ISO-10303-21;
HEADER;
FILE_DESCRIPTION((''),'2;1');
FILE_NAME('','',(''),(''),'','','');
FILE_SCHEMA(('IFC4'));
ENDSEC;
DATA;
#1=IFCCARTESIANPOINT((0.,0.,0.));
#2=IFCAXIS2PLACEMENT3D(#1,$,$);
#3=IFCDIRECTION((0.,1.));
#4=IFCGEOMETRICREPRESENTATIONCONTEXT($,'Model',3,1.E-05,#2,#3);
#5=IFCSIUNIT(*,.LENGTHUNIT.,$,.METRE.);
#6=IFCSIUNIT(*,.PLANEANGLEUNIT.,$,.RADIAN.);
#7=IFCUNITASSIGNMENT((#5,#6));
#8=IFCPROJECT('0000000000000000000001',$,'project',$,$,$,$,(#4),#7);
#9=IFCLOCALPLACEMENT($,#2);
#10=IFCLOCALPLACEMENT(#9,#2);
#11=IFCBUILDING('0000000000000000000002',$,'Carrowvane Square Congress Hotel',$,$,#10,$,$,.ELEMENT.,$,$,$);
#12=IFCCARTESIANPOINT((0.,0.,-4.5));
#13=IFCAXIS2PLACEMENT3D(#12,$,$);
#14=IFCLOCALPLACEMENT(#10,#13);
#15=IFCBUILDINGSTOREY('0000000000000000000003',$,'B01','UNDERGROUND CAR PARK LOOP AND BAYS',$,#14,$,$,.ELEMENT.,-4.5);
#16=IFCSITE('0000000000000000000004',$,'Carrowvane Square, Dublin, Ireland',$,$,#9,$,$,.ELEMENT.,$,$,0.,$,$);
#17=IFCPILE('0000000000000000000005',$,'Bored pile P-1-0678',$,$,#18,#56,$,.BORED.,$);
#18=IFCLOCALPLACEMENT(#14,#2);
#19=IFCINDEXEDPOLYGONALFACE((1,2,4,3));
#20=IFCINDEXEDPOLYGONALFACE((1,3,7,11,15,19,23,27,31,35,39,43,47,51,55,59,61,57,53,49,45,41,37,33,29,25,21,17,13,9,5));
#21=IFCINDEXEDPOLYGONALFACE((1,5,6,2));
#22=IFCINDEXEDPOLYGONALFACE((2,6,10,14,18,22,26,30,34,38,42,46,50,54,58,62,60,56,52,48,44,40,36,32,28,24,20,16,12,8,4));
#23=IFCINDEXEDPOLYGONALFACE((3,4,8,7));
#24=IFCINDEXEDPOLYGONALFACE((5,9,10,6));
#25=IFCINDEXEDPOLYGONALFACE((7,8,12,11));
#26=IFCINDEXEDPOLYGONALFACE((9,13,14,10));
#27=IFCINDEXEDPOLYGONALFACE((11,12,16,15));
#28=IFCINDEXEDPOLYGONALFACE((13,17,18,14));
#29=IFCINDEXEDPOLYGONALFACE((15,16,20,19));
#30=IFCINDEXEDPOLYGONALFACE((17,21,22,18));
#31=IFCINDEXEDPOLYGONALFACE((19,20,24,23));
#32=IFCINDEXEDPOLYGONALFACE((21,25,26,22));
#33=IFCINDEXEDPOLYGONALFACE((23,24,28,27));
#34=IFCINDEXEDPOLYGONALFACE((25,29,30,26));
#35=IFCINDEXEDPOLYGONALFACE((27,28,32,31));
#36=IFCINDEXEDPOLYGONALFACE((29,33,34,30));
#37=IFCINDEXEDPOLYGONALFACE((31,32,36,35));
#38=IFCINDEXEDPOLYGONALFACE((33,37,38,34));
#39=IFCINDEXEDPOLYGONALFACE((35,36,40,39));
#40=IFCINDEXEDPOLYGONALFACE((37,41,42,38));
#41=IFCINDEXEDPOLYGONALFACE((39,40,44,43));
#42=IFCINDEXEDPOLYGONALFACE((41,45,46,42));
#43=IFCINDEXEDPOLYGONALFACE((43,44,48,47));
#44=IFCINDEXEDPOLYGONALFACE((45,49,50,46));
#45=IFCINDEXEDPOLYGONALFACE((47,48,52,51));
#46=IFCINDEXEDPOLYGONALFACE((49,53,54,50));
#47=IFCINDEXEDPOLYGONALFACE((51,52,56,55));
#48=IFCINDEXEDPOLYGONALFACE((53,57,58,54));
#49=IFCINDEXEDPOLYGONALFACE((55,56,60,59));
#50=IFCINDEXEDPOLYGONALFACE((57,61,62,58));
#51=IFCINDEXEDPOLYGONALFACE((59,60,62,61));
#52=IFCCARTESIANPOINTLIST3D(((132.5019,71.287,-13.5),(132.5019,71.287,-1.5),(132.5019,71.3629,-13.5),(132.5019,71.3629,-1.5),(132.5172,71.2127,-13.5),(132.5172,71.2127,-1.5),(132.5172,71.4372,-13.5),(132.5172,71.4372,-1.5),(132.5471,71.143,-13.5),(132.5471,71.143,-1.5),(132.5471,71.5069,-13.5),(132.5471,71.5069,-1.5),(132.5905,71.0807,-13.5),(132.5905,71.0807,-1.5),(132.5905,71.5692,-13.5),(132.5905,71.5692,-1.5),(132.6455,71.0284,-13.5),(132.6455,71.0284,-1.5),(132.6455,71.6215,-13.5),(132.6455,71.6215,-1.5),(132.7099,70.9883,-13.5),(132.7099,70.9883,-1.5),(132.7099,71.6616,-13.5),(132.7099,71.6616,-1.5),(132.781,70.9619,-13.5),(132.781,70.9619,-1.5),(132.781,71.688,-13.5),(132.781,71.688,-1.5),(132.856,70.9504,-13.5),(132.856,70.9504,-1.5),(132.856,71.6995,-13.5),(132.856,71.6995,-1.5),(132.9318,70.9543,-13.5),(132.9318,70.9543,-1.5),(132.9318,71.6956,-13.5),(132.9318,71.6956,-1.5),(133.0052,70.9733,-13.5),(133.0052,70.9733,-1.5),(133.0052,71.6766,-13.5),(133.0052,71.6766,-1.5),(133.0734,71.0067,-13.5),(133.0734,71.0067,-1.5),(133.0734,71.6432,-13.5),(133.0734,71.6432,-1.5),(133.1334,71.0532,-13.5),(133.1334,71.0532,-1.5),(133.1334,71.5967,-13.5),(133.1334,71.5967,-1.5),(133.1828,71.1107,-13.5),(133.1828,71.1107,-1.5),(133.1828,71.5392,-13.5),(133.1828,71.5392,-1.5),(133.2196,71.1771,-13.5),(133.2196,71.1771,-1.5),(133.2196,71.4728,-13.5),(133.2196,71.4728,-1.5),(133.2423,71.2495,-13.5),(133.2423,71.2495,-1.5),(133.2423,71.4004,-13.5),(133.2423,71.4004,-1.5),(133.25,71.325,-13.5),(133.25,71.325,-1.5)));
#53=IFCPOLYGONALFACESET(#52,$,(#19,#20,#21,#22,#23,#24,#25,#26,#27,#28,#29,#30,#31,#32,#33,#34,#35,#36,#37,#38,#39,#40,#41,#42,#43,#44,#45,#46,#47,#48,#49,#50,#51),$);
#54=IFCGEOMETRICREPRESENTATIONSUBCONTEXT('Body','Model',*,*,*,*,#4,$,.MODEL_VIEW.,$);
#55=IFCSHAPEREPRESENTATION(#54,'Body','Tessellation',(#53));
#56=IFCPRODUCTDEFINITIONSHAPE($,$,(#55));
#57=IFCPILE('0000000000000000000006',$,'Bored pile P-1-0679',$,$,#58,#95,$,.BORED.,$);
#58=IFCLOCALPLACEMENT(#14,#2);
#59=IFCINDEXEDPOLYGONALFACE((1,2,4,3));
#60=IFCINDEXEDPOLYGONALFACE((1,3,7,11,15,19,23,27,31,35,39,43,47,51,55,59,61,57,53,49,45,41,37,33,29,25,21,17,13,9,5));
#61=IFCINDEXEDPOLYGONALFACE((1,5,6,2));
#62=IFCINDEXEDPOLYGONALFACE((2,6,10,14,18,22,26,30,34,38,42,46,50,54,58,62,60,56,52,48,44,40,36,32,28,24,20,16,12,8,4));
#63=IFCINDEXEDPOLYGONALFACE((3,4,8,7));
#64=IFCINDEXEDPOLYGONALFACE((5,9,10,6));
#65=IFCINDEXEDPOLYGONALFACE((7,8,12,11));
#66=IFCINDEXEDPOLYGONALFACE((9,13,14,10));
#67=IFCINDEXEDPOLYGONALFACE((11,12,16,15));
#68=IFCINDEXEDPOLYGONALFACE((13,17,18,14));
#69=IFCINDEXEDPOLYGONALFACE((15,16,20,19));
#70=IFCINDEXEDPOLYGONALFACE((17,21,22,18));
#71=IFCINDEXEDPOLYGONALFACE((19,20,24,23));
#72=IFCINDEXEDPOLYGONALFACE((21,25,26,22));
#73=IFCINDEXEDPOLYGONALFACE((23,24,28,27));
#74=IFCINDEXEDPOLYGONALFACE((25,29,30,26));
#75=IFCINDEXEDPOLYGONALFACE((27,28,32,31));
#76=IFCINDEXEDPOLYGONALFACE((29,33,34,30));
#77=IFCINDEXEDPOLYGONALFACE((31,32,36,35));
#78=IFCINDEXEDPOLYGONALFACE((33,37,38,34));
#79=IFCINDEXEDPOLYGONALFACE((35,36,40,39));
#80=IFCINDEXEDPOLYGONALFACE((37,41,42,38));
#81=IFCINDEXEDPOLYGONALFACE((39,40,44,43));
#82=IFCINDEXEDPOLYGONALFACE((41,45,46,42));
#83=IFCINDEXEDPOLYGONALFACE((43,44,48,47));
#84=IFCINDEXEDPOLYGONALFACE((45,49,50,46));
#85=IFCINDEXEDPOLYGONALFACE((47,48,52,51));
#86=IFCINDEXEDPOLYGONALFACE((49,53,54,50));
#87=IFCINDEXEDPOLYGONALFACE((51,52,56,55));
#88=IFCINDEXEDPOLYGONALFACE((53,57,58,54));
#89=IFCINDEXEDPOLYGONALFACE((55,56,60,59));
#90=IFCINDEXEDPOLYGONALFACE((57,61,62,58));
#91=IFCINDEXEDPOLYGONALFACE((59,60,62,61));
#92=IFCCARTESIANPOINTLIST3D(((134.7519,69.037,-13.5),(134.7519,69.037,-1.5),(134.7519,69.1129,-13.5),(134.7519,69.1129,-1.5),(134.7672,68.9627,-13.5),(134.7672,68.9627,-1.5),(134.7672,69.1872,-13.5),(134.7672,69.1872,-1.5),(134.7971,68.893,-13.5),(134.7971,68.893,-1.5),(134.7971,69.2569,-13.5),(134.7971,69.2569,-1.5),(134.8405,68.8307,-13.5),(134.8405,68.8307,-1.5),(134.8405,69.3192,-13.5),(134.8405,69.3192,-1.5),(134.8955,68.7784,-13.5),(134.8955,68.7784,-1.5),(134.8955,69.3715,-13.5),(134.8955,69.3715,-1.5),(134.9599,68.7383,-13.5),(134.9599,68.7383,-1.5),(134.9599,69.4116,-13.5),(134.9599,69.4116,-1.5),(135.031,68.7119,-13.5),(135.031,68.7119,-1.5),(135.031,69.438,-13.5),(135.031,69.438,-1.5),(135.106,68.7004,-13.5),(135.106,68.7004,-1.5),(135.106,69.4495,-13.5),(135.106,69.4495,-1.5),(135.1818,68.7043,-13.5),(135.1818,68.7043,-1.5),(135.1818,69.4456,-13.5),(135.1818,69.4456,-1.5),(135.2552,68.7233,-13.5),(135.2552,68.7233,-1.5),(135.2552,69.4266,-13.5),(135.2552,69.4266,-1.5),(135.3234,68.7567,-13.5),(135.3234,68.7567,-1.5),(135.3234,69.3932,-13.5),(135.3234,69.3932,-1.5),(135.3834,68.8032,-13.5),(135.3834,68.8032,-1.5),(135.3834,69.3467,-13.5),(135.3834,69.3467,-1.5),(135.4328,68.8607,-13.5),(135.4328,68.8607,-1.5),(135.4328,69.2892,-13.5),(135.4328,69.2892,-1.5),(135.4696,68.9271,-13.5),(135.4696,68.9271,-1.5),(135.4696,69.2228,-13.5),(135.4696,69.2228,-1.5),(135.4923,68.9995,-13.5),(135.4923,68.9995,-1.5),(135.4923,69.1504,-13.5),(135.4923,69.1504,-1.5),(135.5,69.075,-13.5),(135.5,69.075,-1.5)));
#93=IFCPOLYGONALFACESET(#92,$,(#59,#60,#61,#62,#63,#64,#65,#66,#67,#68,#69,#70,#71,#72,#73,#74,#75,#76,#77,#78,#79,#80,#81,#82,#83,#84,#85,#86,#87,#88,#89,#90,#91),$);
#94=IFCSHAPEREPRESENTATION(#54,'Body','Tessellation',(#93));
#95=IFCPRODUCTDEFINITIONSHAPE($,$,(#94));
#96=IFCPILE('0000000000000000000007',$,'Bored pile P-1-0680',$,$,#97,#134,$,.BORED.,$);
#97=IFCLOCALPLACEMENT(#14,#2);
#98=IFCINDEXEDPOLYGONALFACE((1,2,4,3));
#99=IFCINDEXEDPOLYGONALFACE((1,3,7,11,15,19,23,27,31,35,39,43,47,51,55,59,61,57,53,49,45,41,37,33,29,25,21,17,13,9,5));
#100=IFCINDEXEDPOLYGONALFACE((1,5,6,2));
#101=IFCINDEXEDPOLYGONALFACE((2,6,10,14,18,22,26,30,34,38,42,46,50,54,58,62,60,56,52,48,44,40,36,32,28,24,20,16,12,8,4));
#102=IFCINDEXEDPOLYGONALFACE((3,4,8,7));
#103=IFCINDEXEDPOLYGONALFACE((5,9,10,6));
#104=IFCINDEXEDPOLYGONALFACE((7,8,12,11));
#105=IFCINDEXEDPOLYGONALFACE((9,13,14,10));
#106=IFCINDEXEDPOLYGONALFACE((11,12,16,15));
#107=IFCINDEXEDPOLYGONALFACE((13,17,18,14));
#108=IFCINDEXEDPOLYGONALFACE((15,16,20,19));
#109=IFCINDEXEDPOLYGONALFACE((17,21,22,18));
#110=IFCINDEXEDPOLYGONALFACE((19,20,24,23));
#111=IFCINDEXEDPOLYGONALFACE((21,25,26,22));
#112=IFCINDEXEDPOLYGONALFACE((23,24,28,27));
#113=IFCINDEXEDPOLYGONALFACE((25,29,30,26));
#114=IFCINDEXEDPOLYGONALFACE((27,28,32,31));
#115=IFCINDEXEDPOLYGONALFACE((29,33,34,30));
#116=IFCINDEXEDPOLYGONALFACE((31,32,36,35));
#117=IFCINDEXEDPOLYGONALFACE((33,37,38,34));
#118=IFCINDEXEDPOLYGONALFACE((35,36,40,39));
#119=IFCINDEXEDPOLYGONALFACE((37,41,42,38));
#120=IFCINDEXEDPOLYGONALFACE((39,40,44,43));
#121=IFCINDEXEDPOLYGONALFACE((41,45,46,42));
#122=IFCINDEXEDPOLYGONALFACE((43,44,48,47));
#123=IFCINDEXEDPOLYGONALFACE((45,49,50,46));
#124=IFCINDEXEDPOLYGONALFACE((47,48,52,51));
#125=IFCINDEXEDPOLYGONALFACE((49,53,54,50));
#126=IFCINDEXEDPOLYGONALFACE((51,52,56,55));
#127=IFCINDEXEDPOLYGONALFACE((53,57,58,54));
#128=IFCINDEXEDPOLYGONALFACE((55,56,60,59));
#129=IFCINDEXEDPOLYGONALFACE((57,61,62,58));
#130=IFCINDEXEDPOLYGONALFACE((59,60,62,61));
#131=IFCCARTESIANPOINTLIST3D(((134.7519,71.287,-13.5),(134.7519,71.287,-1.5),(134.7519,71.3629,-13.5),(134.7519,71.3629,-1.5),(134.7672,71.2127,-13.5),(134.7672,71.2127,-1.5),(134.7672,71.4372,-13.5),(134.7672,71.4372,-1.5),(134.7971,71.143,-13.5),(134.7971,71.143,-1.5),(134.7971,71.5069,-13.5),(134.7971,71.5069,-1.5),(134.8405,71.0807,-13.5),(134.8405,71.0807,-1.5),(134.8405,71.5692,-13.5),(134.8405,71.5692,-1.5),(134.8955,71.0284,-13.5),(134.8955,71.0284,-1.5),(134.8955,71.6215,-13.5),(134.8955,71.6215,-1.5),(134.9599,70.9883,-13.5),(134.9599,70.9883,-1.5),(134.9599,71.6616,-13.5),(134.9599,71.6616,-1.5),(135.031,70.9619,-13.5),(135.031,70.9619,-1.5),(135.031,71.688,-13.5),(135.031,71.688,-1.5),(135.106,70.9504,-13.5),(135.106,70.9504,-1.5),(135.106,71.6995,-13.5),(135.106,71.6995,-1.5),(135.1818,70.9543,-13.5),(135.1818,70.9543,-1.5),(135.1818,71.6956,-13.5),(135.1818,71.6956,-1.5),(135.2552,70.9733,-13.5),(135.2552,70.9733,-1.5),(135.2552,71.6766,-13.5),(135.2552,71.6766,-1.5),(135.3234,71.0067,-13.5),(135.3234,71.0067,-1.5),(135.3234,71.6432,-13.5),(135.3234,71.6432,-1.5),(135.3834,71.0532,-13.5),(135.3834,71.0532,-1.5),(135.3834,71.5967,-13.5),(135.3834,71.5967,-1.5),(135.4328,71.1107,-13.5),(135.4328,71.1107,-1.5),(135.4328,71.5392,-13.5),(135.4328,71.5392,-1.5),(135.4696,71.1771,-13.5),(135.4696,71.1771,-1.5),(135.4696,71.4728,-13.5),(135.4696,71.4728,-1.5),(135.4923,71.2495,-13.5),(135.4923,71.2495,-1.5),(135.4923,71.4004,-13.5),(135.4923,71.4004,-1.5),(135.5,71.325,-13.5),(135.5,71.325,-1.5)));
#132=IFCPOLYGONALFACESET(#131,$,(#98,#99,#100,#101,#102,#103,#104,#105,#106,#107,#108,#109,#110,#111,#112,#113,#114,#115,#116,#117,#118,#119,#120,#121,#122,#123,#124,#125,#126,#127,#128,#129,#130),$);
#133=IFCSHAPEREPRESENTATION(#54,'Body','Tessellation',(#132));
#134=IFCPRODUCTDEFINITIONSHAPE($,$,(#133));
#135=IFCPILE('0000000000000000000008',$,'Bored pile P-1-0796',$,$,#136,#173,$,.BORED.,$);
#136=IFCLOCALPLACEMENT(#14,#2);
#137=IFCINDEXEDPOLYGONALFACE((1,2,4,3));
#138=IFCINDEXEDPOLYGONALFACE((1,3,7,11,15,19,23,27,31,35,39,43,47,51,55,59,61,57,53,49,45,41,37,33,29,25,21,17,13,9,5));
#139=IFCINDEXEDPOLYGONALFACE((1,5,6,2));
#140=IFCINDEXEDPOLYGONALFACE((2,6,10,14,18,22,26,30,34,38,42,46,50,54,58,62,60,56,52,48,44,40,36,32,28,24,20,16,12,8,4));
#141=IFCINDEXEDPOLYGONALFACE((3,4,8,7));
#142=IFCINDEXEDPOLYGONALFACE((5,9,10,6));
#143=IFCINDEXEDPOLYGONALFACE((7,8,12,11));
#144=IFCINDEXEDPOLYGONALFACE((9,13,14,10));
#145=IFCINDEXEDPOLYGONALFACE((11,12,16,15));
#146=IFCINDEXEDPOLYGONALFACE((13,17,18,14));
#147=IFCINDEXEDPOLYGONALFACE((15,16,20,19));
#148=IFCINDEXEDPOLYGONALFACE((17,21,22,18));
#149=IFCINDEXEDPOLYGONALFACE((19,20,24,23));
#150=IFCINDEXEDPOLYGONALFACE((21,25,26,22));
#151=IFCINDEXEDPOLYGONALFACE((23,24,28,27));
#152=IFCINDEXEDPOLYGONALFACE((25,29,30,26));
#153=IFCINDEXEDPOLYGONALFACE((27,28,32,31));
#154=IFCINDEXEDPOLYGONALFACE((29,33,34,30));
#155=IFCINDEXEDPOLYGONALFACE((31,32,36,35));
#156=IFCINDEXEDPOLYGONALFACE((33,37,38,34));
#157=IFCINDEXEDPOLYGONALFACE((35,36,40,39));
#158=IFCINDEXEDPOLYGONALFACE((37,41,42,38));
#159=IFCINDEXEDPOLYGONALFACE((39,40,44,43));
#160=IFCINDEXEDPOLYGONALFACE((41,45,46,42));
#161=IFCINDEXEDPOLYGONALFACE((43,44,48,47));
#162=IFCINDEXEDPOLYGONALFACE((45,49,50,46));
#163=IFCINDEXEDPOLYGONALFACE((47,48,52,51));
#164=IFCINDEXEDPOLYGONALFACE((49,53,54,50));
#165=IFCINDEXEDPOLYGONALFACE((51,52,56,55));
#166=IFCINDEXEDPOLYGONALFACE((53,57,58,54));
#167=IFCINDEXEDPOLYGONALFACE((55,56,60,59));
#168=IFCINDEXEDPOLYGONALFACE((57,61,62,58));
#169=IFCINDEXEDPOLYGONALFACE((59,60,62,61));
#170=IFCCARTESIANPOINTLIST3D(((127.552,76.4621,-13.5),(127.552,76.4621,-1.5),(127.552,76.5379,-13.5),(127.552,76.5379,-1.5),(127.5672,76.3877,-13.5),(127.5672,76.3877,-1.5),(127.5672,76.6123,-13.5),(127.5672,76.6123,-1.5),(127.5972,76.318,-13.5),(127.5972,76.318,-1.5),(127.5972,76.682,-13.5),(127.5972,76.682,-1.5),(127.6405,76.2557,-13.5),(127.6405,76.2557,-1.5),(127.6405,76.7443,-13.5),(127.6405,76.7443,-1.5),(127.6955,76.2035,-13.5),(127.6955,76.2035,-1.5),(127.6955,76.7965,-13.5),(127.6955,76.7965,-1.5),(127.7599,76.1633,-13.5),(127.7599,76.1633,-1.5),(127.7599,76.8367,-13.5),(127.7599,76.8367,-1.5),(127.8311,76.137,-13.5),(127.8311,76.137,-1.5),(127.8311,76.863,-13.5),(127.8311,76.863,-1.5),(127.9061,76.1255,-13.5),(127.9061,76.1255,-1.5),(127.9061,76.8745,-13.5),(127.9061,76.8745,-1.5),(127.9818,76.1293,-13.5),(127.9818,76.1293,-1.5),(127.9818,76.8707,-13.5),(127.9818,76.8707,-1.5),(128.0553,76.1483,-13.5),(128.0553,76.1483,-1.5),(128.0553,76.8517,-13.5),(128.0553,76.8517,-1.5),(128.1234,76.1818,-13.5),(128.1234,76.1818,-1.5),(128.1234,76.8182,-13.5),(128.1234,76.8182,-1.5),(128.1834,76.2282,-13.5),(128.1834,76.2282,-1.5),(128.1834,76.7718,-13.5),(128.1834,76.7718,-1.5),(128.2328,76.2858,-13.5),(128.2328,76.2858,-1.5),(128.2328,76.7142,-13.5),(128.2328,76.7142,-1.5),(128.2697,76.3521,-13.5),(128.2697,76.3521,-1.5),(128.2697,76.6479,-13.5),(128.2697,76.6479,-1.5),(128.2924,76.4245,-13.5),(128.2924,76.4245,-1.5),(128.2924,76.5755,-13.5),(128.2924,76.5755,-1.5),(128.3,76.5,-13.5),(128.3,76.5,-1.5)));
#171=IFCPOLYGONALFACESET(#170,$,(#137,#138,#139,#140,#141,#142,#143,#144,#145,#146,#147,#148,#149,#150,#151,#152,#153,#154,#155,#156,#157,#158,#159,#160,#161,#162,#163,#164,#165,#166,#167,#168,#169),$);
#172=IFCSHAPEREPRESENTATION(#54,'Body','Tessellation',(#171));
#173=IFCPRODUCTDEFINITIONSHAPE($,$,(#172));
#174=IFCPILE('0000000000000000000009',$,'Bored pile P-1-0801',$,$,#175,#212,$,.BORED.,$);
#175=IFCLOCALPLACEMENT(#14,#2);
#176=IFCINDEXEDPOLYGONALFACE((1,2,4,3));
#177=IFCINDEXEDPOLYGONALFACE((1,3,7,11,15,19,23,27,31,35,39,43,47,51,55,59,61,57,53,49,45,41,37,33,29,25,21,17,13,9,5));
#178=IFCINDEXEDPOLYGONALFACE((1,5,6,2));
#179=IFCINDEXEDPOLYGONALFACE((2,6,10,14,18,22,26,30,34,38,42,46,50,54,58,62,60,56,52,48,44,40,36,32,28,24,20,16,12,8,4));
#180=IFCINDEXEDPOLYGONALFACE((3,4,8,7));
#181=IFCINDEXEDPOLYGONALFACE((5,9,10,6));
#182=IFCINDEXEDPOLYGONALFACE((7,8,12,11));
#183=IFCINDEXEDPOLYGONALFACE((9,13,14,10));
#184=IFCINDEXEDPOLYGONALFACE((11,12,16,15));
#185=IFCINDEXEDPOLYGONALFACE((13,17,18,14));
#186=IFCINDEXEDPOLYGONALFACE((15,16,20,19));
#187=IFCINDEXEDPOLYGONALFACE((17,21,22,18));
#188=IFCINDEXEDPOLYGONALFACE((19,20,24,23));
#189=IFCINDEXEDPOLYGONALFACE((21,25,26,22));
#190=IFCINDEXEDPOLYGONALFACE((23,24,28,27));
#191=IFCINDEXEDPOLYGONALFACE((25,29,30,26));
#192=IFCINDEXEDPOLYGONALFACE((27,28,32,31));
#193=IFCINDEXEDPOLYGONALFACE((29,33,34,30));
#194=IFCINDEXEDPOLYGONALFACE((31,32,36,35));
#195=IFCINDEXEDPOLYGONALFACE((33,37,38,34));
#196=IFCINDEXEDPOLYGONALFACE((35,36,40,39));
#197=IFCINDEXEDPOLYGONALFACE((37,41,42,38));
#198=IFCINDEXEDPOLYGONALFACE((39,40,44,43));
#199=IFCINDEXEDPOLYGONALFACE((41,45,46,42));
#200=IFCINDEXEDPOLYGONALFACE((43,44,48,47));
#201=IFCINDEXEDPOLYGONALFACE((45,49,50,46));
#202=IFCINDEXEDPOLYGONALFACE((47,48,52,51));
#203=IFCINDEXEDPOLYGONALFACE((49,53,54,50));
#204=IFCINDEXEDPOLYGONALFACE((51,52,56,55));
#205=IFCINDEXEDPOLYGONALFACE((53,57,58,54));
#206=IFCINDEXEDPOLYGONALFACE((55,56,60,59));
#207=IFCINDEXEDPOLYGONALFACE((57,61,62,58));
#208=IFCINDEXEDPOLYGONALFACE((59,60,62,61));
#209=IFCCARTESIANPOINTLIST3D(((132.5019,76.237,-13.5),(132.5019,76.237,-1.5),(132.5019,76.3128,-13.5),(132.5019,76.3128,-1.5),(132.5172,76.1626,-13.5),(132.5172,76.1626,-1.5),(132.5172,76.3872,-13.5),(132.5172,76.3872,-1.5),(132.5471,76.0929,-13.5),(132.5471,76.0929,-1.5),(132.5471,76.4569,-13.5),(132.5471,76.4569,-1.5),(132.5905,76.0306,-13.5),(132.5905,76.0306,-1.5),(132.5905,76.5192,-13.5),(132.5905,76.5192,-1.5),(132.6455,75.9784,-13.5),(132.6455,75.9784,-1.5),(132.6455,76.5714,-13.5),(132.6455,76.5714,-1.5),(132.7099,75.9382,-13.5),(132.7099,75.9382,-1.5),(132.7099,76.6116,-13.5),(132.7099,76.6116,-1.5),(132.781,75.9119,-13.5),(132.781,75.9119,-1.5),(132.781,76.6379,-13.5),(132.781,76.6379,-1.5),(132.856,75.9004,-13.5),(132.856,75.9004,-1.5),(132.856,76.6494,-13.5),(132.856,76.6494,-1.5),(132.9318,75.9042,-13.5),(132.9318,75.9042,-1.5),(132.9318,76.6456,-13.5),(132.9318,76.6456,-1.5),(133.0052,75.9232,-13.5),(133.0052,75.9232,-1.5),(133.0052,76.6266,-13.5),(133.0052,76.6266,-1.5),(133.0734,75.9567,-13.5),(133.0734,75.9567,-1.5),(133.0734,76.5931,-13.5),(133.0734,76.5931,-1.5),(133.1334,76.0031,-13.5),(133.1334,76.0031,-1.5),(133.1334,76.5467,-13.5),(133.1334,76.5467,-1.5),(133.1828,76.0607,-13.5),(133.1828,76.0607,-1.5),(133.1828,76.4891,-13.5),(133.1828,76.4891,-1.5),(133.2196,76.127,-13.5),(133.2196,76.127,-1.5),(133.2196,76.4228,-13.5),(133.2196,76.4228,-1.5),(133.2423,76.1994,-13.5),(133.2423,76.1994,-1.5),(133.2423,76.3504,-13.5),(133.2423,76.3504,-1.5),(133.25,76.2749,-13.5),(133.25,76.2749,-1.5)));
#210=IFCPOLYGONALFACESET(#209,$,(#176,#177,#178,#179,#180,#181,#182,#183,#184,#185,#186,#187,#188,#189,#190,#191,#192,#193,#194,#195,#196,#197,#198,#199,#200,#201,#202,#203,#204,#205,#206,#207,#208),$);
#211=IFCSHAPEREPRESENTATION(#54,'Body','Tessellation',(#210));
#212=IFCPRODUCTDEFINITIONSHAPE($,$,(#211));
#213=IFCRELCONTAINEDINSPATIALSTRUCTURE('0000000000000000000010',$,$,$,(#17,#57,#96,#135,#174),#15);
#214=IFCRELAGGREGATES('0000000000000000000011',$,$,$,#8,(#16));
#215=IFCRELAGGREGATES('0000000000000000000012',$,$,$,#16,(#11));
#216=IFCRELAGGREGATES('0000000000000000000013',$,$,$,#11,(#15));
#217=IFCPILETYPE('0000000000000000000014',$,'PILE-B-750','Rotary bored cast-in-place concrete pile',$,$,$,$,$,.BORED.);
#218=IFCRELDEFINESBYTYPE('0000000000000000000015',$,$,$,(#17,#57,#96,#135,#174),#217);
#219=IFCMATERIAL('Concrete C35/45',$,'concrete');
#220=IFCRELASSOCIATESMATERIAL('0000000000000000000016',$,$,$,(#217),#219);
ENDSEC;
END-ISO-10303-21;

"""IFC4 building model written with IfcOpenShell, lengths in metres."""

from ifc_helpers import new_model, si_unit, direction, frame, origin, origin_2d, place, context, subcontext, project, spatial, circle, extrude, material, material_profile, profile_set, type_object, element, save


model = new_model("IFC4")

# Units and contexts
model_context = context("Model", 3, precision=1e-05, world=origin(), true_north=direction((0.0, 1.0)))
body_context = subcontext(model_context, "Body", "Model", "MODEL_VIEW")
ifc_project = project(units=[si_unit("LENGTHUNIT", "METRE"), si_unit("PLANEANGLEUNIT", "RADIAN")], contexts=[model_context])

# Site, building, storey
site_placement = place(None, origin())
site = spatial("IfcSite", under=ifc_project, at=site_placement, Name="Carrowvane Square, Dublin, Ireland", CompositionType="ELEMENT", RefElevation=0.0)
building_placement = place(site_placement, origin())
building = spatial("IfcBuilding", under=site, at=building_placement, Name="Carrowvane Square Congress Hotel", CompositionType="ELEMENT")
storey_placement = place(building_placement, frame((0.0, 0.0, -4.5)))
storey = spatial("IfcBuildingStorey", under=building, at=storey_placement, Name="B01", Description="UNDERGROUND CAR PARK LOOP AND BAYS", CompositionType="ELEMENT", Elevation=-4.5)

# Piles
ifc_material_1 = material(Name="Concrete C35/45", Category="concrete")
ifc_material_profile_1 = material_profile(ifc_material_1, circle(Radius=0.375, at=origin_2d()), Name="PILE D750")
ifc_profile_set_1 = profile_set([ifc_material_profile_1], Name="Concrete C35/45")
pile_type = type_object("IfcPileType", Name="PILE-B-750", Description="Rotary bored cast-in-place concrete pile", PredefinedType="BORED", material=ifc_profile_set_1)
for number, where, z_axis, x_axis, name in (
    (1, (132.875, 71.325, -1.5), (0.0, 0.0, -1.0), (1.0, 0.0, 0.0), "Bored pile P-1-0678"),
    (2, (135.125, 69.075, -1.5), (0.0, 0.0, -1.0), (1.0, 0.0, 0.0), "Bored pile P-1-0679"),
    (3, (135.125, 71.325, -1.5), (0.0, 0.0, -1.0), (1.0, 0.0, 0.0), "Bored pile P-1-0680"),
    (4, (127.925, 76.5, -1.5), (0.0, 0.0, -1.0), (1.0, 0.0, 0.0), "Bored pile P-1-0796"),
    (5, (132.875, 76.2749, -1.5), (0.0, 0.0, -1.0), (1.0, 0.0, 0.0), "Bored pile P-1-0801"),
):
    element("IfcPile", number, at=place(storey_placement, frame(where, z_axis=z_axis, x_axis=x_axis)), inside=storey, type_object=pile_type, Name=name, PredefinedType="BORED", context=body_context, shape_type="SweptSolid", body=[
        extrude(circle(Radius=0.375, at=origin_2d()), origin(), (0.0, 0.0, 1.0), 12.0),
    ])

save(model, "model.ifc")
